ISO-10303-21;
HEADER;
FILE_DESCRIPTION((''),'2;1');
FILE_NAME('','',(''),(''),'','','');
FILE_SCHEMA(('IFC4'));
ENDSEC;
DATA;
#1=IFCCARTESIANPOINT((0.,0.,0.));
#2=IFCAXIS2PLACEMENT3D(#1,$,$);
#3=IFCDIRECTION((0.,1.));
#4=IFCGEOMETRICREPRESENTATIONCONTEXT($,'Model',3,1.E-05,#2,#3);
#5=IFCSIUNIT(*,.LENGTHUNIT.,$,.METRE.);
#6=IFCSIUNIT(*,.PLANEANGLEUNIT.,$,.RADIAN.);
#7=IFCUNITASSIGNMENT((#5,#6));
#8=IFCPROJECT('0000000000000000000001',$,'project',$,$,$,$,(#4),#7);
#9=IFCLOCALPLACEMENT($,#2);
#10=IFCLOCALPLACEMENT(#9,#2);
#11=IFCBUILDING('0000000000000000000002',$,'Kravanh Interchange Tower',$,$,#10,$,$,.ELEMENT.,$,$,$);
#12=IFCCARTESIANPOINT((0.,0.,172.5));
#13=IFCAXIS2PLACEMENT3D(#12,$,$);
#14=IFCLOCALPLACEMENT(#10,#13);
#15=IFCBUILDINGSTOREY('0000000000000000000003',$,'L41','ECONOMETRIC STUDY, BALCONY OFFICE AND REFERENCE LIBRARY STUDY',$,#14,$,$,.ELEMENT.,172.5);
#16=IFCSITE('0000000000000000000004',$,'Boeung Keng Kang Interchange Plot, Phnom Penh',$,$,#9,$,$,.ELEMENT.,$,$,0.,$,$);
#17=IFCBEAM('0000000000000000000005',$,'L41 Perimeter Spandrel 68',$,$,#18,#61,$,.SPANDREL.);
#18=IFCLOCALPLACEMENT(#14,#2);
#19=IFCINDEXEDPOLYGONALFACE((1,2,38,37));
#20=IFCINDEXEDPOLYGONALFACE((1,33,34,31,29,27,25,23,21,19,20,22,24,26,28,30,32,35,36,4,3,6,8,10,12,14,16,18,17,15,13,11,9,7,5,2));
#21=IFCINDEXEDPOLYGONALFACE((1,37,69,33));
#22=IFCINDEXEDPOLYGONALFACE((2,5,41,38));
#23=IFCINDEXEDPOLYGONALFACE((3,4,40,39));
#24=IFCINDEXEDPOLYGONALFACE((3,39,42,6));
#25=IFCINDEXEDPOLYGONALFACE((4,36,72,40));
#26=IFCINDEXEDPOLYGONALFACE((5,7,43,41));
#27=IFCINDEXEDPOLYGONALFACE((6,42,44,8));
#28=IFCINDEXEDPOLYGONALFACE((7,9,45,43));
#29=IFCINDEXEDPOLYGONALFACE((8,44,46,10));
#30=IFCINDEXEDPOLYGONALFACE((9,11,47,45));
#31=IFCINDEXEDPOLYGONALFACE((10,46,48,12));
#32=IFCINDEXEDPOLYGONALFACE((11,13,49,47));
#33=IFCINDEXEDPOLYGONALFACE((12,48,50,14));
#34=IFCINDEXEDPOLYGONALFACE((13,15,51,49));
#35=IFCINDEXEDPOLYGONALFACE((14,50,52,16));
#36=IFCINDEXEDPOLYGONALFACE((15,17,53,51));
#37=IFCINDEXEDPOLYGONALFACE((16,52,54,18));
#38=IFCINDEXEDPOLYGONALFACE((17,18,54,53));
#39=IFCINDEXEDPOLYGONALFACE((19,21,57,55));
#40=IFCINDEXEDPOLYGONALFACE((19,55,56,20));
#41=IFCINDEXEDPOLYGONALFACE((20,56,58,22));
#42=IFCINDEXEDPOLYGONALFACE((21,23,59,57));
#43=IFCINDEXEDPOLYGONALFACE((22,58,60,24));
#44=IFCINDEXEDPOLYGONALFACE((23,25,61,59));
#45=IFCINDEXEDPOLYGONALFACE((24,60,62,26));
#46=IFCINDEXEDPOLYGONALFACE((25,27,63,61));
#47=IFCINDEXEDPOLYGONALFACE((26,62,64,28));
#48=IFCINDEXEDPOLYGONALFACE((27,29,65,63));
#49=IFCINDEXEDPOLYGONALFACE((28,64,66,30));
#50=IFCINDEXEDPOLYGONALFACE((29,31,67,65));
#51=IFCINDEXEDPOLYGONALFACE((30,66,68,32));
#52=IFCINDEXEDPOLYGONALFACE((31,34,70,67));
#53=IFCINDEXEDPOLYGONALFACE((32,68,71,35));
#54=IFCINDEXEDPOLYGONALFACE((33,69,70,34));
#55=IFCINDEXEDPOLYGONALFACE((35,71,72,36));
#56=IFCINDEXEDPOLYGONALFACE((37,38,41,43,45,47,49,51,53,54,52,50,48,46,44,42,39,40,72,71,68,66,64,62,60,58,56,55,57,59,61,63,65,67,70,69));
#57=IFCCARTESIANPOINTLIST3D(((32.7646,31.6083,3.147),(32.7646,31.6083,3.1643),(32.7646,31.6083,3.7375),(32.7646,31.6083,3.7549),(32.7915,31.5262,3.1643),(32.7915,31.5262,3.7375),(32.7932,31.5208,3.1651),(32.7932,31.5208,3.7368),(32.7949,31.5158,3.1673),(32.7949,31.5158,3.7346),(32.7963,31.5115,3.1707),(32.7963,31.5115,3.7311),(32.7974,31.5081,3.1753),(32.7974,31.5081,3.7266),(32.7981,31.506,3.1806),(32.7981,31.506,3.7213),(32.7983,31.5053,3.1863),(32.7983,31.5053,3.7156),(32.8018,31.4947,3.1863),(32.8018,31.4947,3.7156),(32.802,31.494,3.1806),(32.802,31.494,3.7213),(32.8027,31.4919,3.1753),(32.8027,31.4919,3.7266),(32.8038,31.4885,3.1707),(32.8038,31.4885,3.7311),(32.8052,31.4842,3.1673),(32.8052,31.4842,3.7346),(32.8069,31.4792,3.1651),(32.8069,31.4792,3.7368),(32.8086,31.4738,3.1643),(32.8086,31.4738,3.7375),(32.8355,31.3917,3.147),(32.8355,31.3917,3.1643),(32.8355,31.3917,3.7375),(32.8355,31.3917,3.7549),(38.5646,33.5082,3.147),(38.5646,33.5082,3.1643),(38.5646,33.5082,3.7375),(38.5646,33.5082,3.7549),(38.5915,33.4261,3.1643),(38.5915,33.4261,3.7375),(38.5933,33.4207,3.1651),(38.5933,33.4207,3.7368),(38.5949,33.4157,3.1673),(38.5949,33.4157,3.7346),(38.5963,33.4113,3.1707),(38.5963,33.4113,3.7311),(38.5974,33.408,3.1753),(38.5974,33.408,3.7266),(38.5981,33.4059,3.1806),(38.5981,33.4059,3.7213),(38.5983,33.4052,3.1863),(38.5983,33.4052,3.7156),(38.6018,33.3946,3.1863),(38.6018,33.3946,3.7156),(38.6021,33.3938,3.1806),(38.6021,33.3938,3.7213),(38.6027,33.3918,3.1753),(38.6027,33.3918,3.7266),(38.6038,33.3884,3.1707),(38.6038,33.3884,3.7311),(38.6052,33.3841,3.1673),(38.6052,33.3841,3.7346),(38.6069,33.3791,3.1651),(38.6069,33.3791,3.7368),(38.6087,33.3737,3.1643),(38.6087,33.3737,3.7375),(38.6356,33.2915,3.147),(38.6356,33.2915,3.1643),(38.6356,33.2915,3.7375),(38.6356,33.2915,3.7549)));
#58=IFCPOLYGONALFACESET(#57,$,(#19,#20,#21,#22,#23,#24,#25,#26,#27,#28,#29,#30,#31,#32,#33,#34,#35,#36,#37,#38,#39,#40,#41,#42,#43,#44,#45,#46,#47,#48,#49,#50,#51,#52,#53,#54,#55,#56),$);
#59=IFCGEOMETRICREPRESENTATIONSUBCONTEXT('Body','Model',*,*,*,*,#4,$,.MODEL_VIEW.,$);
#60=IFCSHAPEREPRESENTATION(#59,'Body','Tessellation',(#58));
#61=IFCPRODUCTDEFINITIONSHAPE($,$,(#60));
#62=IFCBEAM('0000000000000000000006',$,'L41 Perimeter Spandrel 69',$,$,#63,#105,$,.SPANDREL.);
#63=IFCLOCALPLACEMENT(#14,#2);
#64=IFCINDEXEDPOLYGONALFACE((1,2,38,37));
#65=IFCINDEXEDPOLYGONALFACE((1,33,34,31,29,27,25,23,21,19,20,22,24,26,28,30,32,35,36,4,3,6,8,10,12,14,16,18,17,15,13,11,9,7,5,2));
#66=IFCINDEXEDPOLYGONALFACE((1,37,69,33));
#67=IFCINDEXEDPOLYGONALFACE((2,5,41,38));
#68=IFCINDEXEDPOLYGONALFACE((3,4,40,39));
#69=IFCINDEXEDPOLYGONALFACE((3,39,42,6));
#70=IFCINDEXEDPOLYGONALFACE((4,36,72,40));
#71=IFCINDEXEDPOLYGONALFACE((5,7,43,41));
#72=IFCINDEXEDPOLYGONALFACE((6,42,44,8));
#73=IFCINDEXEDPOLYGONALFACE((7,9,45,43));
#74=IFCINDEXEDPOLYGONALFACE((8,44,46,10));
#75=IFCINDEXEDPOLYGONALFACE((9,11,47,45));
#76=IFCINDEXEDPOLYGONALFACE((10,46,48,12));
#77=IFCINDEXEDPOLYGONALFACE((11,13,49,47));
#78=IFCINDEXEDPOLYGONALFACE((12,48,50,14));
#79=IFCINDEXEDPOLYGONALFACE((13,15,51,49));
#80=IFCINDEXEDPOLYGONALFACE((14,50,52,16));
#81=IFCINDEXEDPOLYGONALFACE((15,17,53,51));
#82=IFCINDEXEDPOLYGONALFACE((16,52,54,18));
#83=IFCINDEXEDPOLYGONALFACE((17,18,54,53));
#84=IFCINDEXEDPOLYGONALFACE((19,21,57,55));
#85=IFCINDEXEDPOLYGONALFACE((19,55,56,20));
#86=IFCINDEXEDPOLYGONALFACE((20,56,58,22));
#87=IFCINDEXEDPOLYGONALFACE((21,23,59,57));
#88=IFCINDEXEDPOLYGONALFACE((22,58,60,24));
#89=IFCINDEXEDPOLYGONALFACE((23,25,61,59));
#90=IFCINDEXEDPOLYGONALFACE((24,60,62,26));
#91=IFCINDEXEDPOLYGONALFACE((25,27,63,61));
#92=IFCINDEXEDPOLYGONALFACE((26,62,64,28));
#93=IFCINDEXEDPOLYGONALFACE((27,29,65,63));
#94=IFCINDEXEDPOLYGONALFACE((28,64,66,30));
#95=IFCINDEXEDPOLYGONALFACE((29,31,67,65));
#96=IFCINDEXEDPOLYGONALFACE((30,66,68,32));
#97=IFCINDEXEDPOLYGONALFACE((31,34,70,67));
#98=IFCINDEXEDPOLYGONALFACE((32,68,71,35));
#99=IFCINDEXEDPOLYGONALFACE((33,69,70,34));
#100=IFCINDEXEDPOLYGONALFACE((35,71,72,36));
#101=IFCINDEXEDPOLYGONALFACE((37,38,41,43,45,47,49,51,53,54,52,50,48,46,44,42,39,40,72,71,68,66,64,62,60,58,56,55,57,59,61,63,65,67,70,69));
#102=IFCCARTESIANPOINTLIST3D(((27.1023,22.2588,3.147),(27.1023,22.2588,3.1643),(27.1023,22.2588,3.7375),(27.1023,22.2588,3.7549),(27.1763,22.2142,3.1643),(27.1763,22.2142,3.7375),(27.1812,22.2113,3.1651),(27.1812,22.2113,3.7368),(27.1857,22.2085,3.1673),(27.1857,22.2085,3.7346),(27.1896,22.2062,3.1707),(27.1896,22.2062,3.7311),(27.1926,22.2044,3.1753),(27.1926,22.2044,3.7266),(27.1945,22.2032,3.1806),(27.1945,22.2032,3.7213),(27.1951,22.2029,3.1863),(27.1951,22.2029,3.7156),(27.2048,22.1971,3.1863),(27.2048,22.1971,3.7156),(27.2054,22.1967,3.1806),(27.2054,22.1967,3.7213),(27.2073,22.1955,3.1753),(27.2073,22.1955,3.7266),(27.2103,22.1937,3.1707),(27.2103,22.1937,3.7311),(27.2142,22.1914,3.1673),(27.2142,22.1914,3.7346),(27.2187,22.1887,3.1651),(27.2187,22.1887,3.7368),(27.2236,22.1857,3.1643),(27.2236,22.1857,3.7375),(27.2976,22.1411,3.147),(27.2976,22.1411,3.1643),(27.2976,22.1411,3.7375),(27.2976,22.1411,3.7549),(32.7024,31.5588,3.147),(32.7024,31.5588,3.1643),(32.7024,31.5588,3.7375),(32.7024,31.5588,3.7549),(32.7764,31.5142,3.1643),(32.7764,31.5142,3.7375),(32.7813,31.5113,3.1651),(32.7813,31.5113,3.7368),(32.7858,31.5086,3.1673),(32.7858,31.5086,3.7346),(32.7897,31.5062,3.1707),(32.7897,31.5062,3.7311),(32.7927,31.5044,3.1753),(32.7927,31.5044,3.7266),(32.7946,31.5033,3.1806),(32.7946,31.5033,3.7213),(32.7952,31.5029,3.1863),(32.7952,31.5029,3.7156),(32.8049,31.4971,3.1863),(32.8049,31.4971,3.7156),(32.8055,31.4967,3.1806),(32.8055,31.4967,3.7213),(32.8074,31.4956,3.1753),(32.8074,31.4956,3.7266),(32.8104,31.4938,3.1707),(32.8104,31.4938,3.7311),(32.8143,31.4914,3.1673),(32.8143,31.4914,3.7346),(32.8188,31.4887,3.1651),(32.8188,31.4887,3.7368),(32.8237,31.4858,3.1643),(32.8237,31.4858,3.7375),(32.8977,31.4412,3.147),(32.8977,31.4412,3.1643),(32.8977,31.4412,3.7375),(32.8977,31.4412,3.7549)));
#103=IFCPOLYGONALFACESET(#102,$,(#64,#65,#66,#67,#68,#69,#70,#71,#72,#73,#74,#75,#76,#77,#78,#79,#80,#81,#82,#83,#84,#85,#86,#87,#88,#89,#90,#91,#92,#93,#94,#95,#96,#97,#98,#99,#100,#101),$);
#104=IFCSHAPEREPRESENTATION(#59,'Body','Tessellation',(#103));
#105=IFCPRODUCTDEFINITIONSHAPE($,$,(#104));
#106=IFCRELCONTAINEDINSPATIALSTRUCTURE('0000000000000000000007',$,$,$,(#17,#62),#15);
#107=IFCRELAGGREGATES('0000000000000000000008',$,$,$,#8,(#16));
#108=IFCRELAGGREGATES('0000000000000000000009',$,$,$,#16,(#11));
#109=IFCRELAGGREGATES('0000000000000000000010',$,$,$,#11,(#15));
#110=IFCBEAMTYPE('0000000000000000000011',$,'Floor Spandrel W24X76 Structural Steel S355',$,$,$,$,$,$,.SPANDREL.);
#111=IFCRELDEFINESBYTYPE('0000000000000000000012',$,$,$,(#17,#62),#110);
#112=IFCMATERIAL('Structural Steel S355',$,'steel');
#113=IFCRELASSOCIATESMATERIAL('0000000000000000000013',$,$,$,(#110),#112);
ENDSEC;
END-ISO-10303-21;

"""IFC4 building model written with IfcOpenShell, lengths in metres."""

from ifc_helpers import new_model, si_unit, direction, frame, origin, origin_2d, place, context, subcontext, project, spatial, i_section, extrude, material, material_profile, profile_set, type_object, element, save


model = new_model("IFC4")

# Units and contexts
model_context = context("Model", 3, precision=1e-05, world=origin(), true_north=direction((0.0, 1.0)))
body_context = subcontext(model_context, "Body", "Model", "MODEL_VIEW")
ifc_project = project(units=[si_unit("LENGTHUNIT", "METRE"), si_unit("PLANEANGLEUNIT", "RADIAN")], contexts=[model_context])

# Site, building, storey
site_placement = place(None, origin())
site = spatial("IfcSite", under=ifc_project, at=site_placement, Name="Boeung Keng Kang Interchange Plot, Phnom Penh", CompositionType="ELEMENT", RefElevation=0.0)
building_placement = place(site_placement, origin())
building = spatial("IfcBuilding", under=site, at=building_placement, Name="Kravanh Interchange Tower", CompositionType="ELEMENT")
storey_placement = place(building_placement, frame((0.0, 0.0, 172.5)))
storey = spatial("IfcBuildingStorey", under=building, at=storey_placement, Name="L41", Description="ECONOMETRIC STUDY, BALCONY OFFICE AND REFERENCE LIBRARY STUDY", CompositionType="ELEMENT", Elevation=172.5)

# Beams
ifc_material_1 = material(Name="Structural Steel S355", Category="steel")
ifc_material_profile_1 = material_profile(ifc_material_1, i_section(OverallWidth=0.228, OverallDepth=0.6079, WebThickness=0.0112, FlangeThickness=0.0173, FilletRadius=0.022, at=origin_2d()), Name="W24X76")
ifc_profile_set_1 = profile_set([ifc_material_profile_1], Name="Structural Steel S355")
beam_type_1 = type_object("IfcBeamType", Name="Floor Spandrel W24X76 Structural Steel S355", PredefinedType="SPANDREL", material=ifc_profile_set_1)
beam_1_placement = place(storey_placement, frame((32.8, 31.5, 3.4509), z_axis=(0.950315, 0.311291, 0.0), x_axis=(-0.311291, 0.950315, 0.0)))
element("IfcBeam", 1, at=beam_1_placement, inside=storey, type_object=beam_type_1, Name="L41 Perimeter Spandrel 68", PredefinedType="SPANDREL", context=body_context, shape_type="SweptSolid", body=[
    extrude(i_section(OverallWidth=0.228, OverallDepth=0.6079, WebThickness=0.0112, FlangeThickness=0.0173, FilletRadius=0.022, at=origin_2d()), origin(), (0.0, 0.0, 1.0), 6.1033),
])
beam_2_placement = place(storey_placement, frame((32.8, 31.5, 3.4509), z_axis=(-0.515854, -0.856676, 0.0), x_axis=(0.856676, -0.515854, 0.0)))
element("IfcBeam", 2, at=beam_2_placement, inside=storey, type_object=beam_type_1, Name="L41 Perimeter Spandrel 69", PredefinedType="SPANDREL", context=body_context, shape_type="SweptSolid", body=[
    extrude(i_section(OverallWidth=0.228, OverallDepth=0.6079, WebThickness=0.0112, FlangeThickness=0.0173, FilletRadius=0.022, at=origin_2d()), origin(), (0.0, 0.0, 1.0), 10.856),
])

save(model, "model.ifc")
